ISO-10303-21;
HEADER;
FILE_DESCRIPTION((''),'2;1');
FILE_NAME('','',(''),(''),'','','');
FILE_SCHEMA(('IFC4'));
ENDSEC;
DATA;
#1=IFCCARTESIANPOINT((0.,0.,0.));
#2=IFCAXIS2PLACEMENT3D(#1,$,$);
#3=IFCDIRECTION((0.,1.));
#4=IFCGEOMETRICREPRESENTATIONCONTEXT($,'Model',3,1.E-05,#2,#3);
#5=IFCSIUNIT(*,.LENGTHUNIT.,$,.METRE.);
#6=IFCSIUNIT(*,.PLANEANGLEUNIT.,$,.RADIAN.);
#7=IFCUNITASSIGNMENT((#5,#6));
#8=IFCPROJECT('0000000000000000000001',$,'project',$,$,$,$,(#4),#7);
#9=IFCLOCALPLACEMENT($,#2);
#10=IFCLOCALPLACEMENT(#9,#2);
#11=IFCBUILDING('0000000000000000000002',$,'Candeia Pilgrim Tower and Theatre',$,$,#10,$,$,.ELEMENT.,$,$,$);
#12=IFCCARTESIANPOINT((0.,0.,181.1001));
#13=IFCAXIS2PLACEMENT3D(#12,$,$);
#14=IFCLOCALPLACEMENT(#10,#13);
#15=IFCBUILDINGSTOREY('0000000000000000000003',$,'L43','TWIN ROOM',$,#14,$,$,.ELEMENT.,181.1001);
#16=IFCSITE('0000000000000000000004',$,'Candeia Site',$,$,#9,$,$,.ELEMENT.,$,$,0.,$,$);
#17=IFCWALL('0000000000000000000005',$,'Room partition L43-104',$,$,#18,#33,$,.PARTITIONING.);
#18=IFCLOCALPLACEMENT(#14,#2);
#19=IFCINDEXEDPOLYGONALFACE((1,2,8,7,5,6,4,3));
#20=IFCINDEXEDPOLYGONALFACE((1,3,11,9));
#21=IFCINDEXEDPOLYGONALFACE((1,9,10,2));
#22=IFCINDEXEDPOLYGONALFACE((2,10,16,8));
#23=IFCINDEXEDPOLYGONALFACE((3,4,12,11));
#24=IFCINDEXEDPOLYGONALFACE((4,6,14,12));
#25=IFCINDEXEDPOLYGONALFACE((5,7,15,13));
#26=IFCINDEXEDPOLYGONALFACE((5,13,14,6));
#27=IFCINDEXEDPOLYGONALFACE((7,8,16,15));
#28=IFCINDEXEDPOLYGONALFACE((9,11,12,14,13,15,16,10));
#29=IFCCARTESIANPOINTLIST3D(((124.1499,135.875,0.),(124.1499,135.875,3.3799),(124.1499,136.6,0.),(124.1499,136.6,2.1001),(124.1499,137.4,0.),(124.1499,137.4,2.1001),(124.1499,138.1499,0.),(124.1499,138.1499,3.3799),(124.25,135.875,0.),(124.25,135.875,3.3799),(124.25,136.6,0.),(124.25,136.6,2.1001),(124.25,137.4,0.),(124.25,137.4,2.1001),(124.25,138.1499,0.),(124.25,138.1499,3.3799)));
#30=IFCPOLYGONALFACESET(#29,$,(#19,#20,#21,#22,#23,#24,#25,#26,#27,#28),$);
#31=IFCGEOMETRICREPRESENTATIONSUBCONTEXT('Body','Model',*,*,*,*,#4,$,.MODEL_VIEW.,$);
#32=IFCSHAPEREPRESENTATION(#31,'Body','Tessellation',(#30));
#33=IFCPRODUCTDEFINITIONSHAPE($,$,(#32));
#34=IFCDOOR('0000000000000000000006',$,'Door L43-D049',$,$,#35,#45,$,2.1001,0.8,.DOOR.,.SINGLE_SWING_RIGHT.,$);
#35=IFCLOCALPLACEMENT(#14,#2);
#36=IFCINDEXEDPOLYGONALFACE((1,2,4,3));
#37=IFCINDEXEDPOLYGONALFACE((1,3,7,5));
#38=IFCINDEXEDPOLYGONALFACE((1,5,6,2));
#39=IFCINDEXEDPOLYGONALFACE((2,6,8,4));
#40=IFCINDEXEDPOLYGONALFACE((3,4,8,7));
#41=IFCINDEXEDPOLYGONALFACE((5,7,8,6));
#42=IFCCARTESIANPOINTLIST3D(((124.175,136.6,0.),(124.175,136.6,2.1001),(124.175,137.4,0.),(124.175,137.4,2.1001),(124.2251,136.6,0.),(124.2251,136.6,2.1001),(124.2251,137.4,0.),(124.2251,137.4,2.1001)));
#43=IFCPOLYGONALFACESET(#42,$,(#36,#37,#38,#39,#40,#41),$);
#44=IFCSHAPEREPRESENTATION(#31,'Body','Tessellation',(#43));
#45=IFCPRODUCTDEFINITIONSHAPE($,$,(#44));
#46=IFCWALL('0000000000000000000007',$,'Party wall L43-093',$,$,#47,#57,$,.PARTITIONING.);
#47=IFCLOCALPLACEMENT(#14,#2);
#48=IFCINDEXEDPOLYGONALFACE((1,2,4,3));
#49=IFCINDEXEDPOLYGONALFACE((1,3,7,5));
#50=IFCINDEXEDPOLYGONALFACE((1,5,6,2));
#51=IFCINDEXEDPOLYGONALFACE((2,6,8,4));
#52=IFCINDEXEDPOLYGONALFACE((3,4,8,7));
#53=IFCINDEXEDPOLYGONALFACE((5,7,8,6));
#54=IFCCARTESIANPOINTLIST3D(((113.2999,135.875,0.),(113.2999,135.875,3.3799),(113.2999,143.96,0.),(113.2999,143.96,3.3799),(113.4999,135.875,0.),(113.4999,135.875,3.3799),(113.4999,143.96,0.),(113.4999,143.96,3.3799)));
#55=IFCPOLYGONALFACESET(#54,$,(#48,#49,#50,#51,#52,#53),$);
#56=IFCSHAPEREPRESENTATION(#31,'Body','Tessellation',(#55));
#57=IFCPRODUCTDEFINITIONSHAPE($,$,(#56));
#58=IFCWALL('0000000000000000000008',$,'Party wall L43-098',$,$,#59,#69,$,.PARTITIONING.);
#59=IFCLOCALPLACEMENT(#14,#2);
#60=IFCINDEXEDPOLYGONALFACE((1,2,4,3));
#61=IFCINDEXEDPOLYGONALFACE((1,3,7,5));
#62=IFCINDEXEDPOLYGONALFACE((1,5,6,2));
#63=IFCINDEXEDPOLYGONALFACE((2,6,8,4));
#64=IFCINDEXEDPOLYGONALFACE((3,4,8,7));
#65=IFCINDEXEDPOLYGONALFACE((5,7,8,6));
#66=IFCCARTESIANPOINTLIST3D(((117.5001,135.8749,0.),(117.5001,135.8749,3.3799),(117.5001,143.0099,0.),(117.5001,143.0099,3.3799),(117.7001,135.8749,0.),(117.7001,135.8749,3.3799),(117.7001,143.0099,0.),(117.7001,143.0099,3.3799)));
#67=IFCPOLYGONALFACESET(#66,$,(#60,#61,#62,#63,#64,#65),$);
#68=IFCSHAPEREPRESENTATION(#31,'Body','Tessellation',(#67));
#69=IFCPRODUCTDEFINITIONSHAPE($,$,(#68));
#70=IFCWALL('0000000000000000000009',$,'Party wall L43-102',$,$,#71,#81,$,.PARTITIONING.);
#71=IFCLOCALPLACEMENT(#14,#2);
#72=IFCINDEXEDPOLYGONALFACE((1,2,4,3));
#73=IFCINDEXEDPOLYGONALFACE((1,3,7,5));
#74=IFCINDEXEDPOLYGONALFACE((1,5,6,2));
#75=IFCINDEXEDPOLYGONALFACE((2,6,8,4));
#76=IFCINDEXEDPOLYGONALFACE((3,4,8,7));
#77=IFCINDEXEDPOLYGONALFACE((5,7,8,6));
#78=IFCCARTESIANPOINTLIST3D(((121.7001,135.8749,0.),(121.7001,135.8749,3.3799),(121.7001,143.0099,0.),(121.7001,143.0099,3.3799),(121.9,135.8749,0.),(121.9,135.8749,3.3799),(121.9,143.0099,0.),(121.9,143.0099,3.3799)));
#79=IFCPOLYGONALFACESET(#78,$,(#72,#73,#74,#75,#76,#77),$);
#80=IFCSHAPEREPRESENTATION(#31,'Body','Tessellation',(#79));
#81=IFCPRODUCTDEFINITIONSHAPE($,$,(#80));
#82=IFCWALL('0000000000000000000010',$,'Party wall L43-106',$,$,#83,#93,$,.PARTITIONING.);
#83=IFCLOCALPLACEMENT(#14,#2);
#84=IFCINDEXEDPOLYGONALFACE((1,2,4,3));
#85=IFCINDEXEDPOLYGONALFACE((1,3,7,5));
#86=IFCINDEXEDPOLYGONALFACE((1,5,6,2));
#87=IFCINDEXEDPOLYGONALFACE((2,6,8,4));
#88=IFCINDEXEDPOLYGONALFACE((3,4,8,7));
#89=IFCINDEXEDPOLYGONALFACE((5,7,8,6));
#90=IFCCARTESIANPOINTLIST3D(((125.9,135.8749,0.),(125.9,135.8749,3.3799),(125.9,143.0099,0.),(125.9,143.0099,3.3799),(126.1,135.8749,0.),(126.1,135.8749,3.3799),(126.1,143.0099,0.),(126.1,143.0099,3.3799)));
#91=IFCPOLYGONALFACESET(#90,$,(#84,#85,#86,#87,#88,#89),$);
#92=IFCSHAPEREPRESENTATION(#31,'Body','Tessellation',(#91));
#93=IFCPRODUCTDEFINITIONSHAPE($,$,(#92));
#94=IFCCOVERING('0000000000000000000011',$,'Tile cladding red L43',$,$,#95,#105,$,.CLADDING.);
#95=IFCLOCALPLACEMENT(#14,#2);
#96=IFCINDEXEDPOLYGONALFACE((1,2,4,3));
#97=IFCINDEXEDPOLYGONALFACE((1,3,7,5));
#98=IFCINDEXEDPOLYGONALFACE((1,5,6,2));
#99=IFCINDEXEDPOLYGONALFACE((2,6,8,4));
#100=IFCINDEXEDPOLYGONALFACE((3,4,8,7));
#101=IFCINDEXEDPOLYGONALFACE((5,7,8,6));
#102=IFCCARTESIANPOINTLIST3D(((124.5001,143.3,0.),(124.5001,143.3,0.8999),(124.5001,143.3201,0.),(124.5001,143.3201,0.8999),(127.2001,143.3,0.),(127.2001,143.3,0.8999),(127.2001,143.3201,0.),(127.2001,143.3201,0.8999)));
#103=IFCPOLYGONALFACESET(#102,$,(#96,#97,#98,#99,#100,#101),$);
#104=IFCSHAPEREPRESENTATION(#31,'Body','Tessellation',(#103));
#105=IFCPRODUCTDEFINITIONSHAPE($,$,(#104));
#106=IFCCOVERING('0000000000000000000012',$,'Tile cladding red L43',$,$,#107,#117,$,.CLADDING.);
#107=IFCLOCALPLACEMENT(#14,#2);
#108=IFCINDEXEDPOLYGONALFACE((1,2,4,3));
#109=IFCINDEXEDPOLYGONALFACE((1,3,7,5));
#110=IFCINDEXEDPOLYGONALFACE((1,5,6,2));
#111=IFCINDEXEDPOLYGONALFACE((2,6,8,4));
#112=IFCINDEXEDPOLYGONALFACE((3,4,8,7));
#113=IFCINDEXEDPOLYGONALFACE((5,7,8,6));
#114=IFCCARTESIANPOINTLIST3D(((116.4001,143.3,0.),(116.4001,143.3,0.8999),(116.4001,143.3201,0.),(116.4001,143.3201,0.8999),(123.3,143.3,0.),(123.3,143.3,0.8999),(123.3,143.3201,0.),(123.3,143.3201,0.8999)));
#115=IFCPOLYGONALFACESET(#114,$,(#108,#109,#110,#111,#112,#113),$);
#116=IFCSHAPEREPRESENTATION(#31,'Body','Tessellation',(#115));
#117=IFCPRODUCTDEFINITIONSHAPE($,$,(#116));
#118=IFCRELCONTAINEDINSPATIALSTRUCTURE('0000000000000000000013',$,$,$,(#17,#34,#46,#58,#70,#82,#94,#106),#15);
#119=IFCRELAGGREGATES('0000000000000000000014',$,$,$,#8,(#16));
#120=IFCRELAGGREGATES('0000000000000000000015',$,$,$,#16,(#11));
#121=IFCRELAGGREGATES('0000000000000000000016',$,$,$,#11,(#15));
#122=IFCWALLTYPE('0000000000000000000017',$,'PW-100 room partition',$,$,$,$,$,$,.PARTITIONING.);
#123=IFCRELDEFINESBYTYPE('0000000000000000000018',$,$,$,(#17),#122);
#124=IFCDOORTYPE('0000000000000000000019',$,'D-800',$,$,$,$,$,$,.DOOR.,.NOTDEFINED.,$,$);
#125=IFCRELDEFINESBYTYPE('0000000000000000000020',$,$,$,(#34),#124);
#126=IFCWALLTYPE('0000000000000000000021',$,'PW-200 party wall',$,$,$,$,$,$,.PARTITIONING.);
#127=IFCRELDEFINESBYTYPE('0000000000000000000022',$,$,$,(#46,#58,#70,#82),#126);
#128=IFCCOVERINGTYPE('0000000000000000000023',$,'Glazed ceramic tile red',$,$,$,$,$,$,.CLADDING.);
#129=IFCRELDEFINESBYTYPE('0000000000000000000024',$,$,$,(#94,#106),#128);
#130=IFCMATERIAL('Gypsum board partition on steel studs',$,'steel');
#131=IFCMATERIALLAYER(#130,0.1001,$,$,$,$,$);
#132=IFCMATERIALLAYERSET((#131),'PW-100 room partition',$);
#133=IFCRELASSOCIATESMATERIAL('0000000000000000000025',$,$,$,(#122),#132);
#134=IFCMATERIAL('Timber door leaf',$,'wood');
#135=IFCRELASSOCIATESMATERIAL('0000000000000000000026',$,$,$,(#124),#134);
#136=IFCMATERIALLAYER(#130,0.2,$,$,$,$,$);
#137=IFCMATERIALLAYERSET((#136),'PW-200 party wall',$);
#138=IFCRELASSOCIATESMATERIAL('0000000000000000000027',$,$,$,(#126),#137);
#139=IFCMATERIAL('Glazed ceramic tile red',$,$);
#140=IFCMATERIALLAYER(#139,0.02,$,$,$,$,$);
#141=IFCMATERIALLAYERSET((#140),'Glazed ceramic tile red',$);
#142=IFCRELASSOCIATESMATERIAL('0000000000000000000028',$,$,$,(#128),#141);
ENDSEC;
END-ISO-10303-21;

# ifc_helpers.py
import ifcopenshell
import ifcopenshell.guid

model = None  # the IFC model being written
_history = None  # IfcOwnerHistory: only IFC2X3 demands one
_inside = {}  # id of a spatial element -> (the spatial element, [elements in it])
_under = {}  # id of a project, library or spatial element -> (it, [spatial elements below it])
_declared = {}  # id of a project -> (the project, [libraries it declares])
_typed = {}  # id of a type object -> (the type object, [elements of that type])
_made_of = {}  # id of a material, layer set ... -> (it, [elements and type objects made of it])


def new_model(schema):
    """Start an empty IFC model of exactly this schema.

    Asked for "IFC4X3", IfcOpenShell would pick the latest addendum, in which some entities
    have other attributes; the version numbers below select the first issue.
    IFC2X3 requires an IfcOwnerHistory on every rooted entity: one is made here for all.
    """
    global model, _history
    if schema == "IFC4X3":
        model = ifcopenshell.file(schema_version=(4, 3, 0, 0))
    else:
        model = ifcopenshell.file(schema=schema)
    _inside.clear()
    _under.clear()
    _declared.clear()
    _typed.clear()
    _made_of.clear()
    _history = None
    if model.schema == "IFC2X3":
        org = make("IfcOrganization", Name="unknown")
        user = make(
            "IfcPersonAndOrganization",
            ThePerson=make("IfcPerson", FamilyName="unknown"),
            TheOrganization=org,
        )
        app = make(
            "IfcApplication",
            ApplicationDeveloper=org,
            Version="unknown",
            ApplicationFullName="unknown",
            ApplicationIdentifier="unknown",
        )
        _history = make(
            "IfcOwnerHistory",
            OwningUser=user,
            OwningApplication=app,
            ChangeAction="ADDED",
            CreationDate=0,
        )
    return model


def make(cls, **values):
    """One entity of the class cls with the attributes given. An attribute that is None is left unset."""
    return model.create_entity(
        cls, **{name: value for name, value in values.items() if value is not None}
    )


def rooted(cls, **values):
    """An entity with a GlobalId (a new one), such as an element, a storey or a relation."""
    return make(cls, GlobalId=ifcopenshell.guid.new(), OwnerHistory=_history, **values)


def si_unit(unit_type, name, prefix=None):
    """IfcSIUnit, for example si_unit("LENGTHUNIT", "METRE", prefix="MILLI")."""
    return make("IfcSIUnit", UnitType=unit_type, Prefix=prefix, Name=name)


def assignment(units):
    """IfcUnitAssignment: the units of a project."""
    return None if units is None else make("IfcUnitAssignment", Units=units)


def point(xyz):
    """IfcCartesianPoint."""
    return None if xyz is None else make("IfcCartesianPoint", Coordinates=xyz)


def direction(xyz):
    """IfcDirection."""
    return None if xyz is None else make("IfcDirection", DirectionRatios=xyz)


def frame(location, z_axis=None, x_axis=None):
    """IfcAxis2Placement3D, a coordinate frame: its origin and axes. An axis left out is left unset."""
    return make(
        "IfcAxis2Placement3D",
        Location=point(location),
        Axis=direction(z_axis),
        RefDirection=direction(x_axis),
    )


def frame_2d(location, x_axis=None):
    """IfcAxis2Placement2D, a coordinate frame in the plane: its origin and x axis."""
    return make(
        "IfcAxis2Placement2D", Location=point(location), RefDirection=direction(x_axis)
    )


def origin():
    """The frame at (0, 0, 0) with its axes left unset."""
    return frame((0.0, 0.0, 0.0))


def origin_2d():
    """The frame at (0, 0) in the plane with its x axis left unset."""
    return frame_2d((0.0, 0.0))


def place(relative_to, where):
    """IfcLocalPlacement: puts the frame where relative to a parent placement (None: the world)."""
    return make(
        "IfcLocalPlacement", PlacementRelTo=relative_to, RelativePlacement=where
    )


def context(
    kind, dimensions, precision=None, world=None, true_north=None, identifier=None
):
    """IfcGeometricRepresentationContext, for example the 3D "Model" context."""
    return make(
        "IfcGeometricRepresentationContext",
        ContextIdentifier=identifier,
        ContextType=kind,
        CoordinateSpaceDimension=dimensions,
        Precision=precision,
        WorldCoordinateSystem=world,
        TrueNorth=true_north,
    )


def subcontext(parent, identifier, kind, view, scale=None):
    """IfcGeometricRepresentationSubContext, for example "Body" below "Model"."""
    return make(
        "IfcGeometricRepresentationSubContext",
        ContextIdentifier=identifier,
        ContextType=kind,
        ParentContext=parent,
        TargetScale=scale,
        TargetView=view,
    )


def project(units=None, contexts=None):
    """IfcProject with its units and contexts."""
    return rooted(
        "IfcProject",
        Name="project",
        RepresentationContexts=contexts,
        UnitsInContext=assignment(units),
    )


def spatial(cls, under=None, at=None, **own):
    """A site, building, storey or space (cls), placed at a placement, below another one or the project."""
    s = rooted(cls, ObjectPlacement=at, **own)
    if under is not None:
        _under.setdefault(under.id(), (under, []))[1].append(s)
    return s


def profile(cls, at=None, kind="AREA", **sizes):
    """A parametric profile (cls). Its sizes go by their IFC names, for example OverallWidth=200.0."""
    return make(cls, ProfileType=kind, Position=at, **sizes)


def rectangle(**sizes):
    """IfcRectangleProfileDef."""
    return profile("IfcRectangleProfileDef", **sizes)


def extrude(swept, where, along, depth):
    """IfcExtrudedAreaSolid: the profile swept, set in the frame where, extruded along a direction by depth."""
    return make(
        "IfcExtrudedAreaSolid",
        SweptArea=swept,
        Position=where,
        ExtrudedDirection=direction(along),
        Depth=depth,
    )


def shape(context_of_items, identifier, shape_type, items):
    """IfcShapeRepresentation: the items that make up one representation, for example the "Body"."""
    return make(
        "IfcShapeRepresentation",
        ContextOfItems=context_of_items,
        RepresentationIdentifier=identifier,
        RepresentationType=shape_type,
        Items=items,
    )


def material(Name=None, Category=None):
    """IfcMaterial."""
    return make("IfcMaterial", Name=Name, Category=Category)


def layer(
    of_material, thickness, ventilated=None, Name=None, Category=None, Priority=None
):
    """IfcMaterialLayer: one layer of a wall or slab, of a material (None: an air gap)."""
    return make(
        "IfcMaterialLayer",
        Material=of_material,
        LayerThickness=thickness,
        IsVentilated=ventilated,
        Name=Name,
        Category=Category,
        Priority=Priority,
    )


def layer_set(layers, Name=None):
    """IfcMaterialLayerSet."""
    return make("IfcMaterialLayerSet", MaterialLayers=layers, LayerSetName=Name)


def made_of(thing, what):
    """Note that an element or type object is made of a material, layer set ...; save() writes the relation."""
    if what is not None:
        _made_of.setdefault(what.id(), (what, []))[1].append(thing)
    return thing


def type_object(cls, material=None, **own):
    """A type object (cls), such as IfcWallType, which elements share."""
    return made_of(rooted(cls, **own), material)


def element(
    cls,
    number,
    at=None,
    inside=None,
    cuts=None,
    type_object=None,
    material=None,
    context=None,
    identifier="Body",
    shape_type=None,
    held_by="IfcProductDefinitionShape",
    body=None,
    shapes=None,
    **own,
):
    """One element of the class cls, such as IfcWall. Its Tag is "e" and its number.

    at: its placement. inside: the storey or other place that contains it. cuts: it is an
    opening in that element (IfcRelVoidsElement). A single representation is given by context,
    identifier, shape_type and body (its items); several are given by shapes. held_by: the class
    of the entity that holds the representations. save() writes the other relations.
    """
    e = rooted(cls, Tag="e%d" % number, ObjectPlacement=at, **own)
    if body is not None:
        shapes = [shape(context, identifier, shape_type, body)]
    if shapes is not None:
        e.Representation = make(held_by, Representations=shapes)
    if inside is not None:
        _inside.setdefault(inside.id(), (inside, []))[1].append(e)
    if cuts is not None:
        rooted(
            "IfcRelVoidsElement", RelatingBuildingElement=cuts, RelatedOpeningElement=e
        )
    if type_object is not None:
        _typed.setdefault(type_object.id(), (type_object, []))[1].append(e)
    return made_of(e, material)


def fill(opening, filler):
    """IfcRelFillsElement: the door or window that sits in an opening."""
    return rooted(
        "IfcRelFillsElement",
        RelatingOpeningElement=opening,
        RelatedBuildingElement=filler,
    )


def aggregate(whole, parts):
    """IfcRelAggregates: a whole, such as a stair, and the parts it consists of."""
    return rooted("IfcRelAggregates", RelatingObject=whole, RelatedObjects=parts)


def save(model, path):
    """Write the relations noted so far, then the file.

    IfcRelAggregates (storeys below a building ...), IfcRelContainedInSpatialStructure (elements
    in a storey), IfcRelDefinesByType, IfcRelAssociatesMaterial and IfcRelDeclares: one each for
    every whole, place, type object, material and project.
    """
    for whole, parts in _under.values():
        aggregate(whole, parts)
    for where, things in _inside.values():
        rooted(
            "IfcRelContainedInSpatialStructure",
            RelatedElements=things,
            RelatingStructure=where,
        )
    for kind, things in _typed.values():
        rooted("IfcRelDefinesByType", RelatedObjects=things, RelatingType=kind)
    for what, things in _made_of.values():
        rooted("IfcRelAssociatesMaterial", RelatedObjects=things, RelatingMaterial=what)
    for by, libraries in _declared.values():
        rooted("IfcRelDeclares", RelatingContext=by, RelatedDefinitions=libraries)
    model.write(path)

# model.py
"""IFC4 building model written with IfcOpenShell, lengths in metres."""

from ifc_helpers import new_model, si_unit, direction, frame, frame_2d, origin, origin_2d, place, context, subcontext, project, spatial, rectangle, extrude, material, layer, layer_set, type_object, element, fill, save


model = new_model("IFC4")

# Units and contexts
model_context = context("Model", 3, precision=1e-05, world=origin(), true_north=direction((0.0, 1.0)))
body_context = subcontext(model_context, "Body", "Model", "MODEL_VIEW")
ifc_project = project(units=[si_unit("LENGTHUNIT", "METRE"), si_unit("PLANEANGLEUNIT", "RADIAN")], contexts=[model_context])

# Site, building, storey
site_placement = place(None, origin())
site = spatial("IfcSite", under=ifc_project, at=site_placement, Name="Candeia Site", CompositionType="ELEMENT", RefElevation=0.0)
building_placement = place(site_placement, origin())
building = spatial("IfcBuilding", under=site, at=building_placement, Name="Candeia Pilgrim Tower and Theatre", CompositionType="ELEMENT")
storey_placement = place(building_placement, frame((0.0, 0.0, 181.1001)))
storey = spatial("IfcBuildingStorey", under=building, at=storey_placement, Name="L43", Description="TWIN ROOM", CompositionType="ELEMENT", Elevation=181.1001)

# Shared definitions
ifc_material_1 = material(Name="Gypsum board partition on steel studs", Category="steel")
ifc_layer_1 = layer(ifc_material_1, 0.1001)
ifc_layer_set_1 = layer_set([ifc_layer_1], Name="PW-100 room partition")
wall_type_1 = type_object("IfcWallType", Name="PW-100 room partition", PredefinedType="PARTITIONING", material=ifc_layer_set_1)

# Wall, opening, door
ifc_material_2 = material(Name="Timber door leaf", Category="wood")
door_type_1 = type_object("IfcDoorType", Name="D-800", OperationType="NOTDEFINED", PredefinedType="DOOR", material=ifc_material_2)
wall_1_placement = place(storey_placement, frame((124.2, 135.875, 0.0), z_axis=(0.0, 0.0, 1.0), x_axis=(0.0, 1.0, 0.0)))
wall_1 = element("IfcWall", 1, at=wall_1_placement, inside=storey, type_object=wall_type_1, Name="Room partition L43-104", PredefinedType="PARTITIONING", context=body_context, shape_type="SweptSolid", body=[
    extrude(rectangle(XDim=2.2749, YDim=0.1001, at=frame_2d((1.1375, 0.0))), origin(), (0.0, 0.0, 1.0), 3.3799),
])
opening_1_placement = place(wall_1_placement, frame((0.7251, 0.0, 0.0)))
opening_1 = element("IfcOpeningElement", 2, at=opening_1_placement, cuts=wall_1, PredefinedType="OPENING", context=body_context, shape_type="SweptSolid", body=[
    extrude(rectangle(XDim=0.8, YDim=2.1001, at=frame_2d((0.3999, 1.05))), frame((0.0, 0.0601, 0.0), z_axis=(0.0, -1.0, 0.0), x_axis=(1.0, 0.0, 0.0)), (0.0, 0.0, 1.0), 0.1201),
])
door_1_placement = place(opening_1_placement, origin())
door_1 = element("IfcDoor", 3, at=door_1_placement, inside=storey, type_object=door_type_1, Name="Door L43-D049", OperationType="SINGLE_SWING_RIGHT", OverallHeight=2.1001, OverallWidth=0.8, PredefinedType="DOOR", context=body_context, shape_type="SweptSolid", body=[
    extrude(rectangle(XDim=0.8, YDim=2.1001, at=frame_2d((0.3999, 1.05))), frame((0.0, 0.0249, 0.0), z_axis=(0.0, -1.0, 0.0), x_axis=(1.0, 0.0, 0.0)), (0.0, 0.0, 1.0), 0.05),
])
fill(opening_1, door_1)

# Walls
ifc_layer_2 = layer(ifc_material_1, 0.2)
ifc_layer_set_2 = layer_set([ifc_layer_2], Name="PW-200 party wall")
wall_type_2 = type_object("IfcWallType", Name="PW-200 party wall", PredefinedType="PARTITIONING", material=ifc_layer_set_2)
wall_2_placement = place(storey_placement, frame((113.3999, 135.875, 0.0), z_axis=(0.0, 0.0, 1.0), x_axis=(0.0, 1.0, 0.0)))
element("IfcWall", 4, at=wall_2_placement, inside=storey, type_object=wall_type_2, Name="Party wall L43-093", PredefinedType="PARTITIONING", context=body_context, shape_type="SweptSolid", body=[
    extrude(rectangle(XDim=8.085, YDim=0.2, at=frame_2d((4.0425, 0.0))), origin(), (0.0, 0.0, 1.0), 3.3799),
])
for number, where, z_axis, x_axis, name in (
    (5, (117.6001, 135.875, 0.0), (0.0, 0.0, 1.0), (0.0, 1.0, 0.0), "Party wall L43-098"),
    (6, (121.8, 135.875, 0.0), (0.0, 0.0, 1.0), (0.0, 1.0, 0.0), "Party wall L43-102"),
    (7, (126.0, 135.875, 0.0), (0.0, 0.0, 1.0), (0.0, 1.0, 0.0), "Party wall L43-106"),
):
    element("IfcWall", number, at=place(storey_placement, frame(where, z_axis=z_axis, x_axis=x_axis)), inside=storey, type_object=wall_type_2, Name=name, PredefinedType="PARTITIONING", context=body_context, shape_type="SweptSolid", body=[
        extrude(rectangle(XDim=7.135, YDim=0.2, at=frame_2d((3.5674, 0.0))), origin(), (0.0, 0.0, 1.0), 3.3799),
    ])

# Coverings
ifc_material_3 = material(Name="Glazed ceramic tile red")
ifc_layer_3 = layer(ifc_material_3, 0.02)
ifc_layer_set_3 = layer_set([ifc_layer_3], Name="Glazed ceramic tile red")
covering_type = type_object("IfcCoveringType", Name="Glazed ceramic tile red", PredefinedType="CLADDING", material=ifc_layer_set_3)
covering_1_placement = place(storey_placement, frame((125.8501, 143.3101, 0.0), z_axis=(0.0, 0.0, 1.0), x_axis=(-1.0, 0.0, 0.0)))
element("IfcCovering", 8, at=covering_1_placement, inside=storey, type_object=covering_type, Name="Tile cladding red L43", PredefinedType="CLADDING", context=body_context, shape_type="SweptSolid", body=[
    extrude(rectangle(XDim=2.7, YDim=0.02, at=origin_2d()), origin(), (0.0, 0.0, 1.0), 0.8999),
])
covering_2_placement = place(storey_placement, frame((119.8501, 143.3101, 0.0), z_axis=(0.0, 0.0, 1.0), x_axis=(-1.0, 0.0, 0.0)))
element("IfcCovering", 9, at=covering_2_placement, inside=storey, type_object=covering_type, Name="Tile cladding red L43", PredefinedType="CLADDING", context=body_context, shape_type="SweptSolid", body=[
    extrude(rectangle(XDim=6.8999, YDim=0.02, at=origin_2d()), origin(), (0.0, 0.0, 1.0), 0.8999),
])

save(model, "model.ifc")
